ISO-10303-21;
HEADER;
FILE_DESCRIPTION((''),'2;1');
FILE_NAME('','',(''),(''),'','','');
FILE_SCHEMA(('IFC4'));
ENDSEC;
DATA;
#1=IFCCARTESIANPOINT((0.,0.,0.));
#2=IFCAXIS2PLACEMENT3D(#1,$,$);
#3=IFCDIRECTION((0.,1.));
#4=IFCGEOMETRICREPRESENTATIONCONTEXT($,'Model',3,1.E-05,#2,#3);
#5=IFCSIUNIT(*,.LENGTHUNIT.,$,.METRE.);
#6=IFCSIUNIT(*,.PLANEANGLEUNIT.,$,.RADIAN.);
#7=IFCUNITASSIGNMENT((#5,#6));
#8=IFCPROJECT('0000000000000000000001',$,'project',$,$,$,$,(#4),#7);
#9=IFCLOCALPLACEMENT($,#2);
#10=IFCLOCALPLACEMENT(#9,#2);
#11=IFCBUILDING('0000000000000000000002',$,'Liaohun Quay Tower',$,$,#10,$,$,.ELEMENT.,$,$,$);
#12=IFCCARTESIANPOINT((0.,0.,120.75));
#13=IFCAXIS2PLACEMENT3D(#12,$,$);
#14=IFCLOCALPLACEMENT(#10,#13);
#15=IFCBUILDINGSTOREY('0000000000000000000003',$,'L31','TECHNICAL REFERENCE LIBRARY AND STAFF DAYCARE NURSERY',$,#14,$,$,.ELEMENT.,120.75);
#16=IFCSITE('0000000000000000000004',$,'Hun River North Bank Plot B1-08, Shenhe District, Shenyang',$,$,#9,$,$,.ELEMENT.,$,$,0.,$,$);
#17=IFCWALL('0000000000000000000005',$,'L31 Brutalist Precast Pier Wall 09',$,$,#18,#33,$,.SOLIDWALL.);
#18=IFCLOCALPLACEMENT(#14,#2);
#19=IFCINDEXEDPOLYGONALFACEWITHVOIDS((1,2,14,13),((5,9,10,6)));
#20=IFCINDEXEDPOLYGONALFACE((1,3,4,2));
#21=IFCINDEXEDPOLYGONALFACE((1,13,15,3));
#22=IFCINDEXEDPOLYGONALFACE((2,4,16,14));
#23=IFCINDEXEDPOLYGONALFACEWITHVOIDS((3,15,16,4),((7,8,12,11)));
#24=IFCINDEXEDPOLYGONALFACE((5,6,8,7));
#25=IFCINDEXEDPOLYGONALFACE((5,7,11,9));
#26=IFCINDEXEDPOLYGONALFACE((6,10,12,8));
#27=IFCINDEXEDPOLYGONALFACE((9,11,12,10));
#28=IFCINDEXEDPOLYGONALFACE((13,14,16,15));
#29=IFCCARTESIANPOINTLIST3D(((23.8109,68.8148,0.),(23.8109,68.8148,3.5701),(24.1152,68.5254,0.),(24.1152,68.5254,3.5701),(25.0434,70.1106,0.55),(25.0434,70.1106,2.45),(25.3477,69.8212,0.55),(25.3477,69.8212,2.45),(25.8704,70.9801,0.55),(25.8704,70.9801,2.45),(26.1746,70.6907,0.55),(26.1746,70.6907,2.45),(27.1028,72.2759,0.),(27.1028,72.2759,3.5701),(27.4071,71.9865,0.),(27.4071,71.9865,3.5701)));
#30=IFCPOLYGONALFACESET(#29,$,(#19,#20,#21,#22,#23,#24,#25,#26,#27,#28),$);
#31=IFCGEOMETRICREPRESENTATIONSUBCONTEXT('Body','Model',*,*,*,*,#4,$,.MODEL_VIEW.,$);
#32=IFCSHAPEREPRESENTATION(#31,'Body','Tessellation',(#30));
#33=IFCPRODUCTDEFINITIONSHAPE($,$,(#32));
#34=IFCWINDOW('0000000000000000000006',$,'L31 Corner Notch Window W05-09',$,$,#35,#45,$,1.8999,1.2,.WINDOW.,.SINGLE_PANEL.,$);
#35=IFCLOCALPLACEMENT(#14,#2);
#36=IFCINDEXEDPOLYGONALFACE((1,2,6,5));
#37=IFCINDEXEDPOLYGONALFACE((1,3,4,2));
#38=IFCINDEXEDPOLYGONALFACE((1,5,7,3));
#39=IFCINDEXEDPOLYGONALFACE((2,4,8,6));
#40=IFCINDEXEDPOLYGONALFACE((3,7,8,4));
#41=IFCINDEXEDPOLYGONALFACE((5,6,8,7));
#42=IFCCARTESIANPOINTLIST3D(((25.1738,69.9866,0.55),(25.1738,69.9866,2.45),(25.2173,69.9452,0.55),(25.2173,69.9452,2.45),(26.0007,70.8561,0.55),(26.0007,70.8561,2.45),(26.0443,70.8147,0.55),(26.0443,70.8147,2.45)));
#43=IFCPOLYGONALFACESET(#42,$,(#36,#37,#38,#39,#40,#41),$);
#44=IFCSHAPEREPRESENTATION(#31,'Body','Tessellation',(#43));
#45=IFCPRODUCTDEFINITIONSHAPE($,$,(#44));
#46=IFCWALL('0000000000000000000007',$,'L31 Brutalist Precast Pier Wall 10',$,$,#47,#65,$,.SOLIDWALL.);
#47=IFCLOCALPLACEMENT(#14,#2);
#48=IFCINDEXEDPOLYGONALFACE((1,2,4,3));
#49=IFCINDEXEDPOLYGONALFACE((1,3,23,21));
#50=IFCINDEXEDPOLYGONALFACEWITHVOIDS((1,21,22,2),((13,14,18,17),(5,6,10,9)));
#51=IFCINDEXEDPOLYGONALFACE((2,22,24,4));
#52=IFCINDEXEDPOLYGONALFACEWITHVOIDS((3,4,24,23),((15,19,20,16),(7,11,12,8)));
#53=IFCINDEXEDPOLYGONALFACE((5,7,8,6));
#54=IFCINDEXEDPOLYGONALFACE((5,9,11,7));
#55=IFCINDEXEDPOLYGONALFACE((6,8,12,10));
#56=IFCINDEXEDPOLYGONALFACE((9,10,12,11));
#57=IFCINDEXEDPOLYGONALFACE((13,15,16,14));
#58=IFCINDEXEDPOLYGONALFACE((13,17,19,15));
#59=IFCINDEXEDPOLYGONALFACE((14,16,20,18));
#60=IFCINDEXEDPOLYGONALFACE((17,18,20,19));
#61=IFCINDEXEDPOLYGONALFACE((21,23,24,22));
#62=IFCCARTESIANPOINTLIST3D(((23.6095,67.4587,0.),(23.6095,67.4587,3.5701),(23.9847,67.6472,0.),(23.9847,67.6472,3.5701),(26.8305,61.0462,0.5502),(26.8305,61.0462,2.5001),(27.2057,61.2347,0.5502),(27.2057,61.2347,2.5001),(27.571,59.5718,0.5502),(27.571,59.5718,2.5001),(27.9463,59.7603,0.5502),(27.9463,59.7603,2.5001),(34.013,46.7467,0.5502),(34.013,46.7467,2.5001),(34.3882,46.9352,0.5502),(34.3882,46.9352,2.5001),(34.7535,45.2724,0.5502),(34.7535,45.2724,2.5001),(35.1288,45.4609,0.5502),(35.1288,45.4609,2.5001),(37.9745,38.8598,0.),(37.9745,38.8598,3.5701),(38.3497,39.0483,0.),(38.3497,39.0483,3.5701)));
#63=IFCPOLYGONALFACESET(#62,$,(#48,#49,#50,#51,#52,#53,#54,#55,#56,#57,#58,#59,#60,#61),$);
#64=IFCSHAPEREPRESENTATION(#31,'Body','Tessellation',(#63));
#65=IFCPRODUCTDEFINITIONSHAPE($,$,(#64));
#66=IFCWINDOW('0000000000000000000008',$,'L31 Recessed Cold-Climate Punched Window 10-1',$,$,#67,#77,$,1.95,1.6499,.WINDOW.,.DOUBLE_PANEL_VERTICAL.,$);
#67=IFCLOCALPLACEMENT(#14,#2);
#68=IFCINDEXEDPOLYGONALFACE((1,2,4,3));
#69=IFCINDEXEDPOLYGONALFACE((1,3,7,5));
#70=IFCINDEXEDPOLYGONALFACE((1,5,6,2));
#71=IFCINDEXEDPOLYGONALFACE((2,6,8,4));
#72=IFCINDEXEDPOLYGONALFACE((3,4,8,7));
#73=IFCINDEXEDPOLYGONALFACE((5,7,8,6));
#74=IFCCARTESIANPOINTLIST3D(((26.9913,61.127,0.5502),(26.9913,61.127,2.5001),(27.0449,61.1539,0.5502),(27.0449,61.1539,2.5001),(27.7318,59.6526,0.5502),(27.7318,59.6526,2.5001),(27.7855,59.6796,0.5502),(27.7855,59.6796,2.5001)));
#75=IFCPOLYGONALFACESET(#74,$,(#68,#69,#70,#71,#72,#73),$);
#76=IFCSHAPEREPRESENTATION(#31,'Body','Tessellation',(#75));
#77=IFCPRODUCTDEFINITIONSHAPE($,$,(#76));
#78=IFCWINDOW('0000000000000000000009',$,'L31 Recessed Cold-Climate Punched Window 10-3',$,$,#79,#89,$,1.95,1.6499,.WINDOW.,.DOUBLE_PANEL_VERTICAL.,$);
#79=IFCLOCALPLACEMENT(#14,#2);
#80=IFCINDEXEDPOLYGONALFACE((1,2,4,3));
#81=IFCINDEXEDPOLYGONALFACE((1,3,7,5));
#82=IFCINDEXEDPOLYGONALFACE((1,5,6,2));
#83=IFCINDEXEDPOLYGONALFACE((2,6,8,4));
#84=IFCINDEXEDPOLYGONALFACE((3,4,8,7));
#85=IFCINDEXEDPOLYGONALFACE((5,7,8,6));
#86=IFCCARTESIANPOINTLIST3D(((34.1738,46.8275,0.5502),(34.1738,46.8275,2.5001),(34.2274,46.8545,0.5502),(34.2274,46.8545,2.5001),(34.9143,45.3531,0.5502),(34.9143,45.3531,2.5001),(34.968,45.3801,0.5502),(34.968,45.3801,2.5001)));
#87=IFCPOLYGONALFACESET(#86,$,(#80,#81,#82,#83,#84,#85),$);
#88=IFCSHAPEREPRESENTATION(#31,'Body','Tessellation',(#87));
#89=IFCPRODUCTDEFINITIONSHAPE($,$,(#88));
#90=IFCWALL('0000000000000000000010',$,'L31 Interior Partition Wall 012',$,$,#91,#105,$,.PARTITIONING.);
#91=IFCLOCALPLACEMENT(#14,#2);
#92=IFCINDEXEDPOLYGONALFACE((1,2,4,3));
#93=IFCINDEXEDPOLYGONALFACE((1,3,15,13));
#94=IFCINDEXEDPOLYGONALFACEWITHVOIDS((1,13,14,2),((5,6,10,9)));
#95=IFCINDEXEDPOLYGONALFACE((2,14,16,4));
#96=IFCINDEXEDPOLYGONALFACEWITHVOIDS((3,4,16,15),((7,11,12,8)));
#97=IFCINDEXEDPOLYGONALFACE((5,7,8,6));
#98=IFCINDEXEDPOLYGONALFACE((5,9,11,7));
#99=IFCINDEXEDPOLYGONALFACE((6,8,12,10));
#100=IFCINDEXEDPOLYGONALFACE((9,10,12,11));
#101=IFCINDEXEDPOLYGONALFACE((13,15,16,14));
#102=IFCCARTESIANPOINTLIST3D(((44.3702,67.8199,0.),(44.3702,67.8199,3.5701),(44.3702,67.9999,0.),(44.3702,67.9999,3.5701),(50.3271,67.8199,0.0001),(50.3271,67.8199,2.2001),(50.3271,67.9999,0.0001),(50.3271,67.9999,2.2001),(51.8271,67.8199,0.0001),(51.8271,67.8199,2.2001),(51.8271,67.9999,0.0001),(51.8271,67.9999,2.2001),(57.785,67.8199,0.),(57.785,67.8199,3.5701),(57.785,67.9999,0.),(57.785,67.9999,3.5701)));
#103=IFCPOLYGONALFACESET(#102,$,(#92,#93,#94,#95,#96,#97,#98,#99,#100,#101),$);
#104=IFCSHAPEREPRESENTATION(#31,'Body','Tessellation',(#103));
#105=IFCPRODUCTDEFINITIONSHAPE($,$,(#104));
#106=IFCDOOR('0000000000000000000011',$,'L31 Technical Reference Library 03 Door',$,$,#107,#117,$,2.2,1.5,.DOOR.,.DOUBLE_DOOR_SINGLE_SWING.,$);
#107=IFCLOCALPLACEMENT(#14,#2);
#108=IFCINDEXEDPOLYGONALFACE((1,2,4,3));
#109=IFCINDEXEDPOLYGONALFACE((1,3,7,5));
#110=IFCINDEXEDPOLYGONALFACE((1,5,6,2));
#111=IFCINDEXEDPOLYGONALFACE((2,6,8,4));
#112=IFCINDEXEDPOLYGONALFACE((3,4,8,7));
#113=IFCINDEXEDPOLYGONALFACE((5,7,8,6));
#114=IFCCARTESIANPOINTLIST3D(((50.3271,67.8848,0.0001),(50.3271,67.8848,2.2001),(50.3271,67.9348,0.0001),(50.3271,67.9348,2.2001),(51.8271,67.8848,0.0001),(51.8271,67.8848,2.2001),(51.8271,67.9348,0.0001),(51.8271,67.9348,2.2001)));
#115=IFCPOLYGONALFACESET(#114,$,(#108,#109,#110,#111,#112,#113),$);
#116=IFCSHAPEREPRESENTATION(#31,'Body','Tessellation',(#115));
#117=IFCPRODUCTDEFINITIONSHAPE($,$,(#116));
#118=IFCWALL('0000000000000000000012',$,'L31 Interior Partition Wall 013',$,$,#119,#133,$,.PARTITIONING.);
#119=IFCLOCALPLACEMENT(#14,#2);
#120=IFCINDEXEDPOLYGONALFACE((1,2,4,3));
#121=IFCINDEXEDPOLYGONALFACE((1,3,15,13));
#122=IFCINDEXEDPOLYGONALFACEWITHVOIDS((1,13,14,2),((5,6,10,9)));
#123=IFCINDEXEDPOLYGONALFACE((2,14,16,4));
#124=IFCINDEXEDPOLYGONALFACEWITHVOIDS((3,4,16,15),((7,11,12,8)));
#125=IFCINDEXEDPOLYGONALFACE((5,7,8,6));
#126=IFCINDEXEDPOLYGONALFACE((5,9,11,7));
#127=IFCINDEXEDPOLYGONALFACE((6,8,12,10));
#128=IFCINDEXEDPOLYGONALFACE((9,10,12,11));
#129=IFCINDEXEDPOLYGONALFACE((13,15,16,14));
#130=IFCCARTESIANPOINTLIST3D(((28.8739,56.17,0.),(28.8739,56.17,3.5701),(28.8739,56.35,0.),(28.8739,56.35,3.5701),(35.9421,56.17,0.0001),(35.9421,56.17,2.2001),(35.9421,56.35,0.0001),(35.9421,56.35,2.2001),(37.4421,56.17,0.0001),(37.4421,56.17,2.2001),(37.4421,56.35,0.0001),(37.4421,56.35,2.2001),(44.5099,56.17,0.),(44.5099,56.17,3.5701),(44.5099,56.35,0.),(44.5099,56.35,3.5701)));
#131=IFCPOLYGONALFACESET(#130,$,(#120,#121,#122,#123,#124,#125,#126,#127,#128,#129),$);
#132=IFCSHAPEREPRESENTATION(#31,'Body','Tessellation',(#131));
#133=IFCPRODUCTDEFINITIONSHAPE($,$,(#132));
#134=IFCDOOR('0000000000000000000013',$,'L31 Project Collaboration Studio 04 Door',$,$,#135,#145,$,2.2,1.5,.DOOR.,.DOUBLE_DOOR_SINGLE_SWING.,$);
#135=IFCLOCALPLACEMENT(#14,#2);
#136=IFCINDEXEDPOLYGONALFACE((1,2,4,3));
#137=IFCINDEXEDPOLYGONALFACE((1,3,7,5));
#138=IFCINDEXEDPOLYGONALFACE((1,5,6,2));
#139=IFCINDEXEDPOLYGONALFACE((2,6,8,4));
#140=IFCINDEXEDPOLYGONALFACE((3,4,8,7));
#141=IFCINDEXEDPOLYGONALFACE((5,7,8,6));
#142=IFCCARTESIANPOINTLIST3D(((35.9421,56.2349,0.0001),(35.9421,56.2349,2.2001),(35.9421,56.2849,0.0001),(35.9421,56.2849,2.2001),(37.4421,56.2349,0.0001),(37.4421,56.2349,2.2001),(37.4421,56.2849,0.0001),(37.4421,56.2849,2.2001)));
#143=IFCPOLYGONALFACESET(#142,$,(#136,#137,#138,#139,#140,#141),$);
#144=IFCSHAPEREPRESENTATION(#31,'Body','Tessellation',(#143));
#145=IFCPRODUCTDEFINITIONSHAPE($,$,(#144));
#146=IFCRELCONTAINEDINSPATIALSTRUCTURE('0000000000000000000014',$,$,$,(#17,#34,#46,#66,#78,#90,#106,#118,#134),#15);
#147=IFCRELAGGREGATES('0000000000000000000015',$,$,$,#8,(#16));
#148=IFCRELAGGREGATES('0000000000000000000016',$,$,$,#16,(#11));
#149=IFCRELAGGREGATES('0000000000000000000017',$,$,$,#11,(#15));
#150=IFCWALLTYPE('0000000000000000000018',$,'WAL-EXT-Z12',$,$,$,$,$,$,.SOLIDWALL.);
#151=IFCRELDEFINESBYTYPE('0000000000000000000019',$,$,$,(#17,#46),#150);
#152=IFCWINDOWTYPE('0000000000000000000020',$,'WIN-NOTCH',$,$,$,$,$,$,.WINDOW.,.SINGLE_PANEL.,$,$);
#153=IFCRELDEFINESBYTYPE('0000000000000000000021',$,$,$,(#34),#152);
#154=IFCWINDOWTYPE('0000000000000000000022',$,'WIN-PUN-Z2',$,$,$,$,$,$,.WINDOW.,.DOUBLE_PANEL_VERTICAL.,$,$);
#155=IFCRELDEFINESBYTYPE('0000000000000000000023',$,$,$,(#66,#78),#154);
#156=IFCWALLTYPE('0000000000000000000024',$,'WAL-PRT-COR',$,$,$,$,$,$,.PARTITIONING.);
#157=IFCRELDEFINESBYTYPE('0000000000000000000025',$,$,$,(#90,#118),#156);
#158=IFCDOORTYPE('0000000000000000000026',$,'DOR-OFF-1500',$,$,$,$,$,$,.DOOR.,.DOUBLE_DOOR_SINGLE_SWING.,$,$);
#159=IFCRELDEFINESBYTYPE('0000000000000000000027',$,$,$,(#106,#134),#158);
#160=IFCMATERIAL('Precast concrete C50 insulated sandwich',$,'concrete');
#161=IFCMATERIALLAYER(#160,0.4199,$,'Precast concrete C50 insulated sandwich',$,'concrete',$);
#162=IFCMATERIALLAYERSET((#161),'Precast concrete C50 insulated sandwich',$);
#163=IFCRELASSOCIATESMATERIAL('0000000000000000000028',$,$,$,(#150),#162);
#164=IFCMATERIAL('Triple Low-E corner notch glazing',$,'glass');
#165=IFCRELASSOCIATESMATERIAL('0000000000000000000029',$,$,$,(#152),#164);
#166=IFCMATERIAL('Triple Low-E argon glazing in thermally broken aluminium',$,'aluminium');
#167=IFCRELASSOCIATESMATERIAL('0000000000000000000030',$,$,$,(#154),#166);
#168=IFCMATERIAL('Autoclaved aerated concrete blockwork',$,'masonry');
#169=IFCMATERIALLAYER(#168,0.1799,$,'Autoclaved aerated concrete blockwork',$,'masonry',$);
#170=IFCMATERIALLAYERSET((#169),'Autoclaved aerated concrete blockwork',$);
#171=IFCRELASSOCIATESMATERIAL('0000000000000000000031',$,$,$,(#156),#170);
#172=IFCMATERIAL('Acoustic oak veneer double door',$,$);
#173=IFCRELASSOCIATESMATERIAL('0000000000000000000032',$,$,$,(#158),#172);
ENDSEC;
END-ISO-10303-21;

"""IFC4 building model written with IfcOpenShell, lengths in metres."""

from ifc_helpers import new_model, si_unit, direction, frame, frame_2d, origin, place, context, subcontext, project, spatial, rectangle, extrude, source, transform, mapped, material, layer, layer_set, type_object, element, fill, save


model = new_model("IFC4")

# Units and contexts
model_context = context("Model", 3, precision=1e-05, world=origin(), true_north=direction((0.0, 1.0)))
body_context = subcontext(model_context, "Body", "Model", "MODEL_VIEW")
ifc_project = project(units=[si_unit("LENGTHUNIT", "METRE"), si_unit("PLANEANGLEUNIT", "RADIAN")], contexts=[model_context])

# Site, building, storey
site_placement = place(None, origin())
site = spatial("IfcSite", under=ifc_project, at=site_placement, Name="Hun River North Bank Plot B1-08, Shenhe District, Shenyang", CompositionType="ELEMENT", RefElevation=0.0)
building_placement = place(site_placement, origin())
building = spatial("IfcBuilding", under=site, at=building_placement, Name="Liaohun Quay Tower", CompositionType="ELEMENT")
storey_placement = place(building_placement, frame((0.0, 0.0, 120.75)))
storey = spatial("IfcBuildingStorey", under=building, at=storey_placement, Name="L31", Description="TECHNICAL REFERENCE LIBRARY AND STAFF DAYCARE NURSERY", CompositionType="ELEMENT", Elevation=120.75)

# Wall, opening, window
ifc_material_1 = material(Name="Precast concrete C50 insulated sandwich", Category="concrete")
ifc_layer_1 = layer(ifc_material_1, 0.4199, Name="Precast concrete C50 insulated sandwich", Category="concrete")
ifc_layer_set_1 = layer_set([ifc_layer_1], Name="Precast concrete C50 insulated sandwich")
wall_type_1 = type_object("IfcWallType", Name="WAL-EXT-Z12", PredefinedType="SOLIDWALL", material=ifc_layer_set_1)
shared_shape_1 = source(origin(), body_context, "Body", "SweptSolid", [
    extrude(rectangle(XDim=1.2, YDim=1.8999, at=frame_2d((0.6001, 0.95))), frame((0.0, 0.22, 0.0), z_axis=(0.0, -1.0, 0.0), x_axis=(1.0, 0.0, 0.0)), (0.0, 0.0, 1.0), 0.4399),
])
ifc_material_2 = material(Name="Triple Low-E corner notch glazing", Category="glass")
window_type_1 = type_object("IfcWindowType", Name="WIN-NOTCH", PartitioningType="SINGLE_PANEL", PredefinedType="WINDOW", material=ifc_material_2)
shared_shape_2 = source(origin(), body_context, "Body", "SweptSolid", [
    extrude(rectangle(XDim=1.2, YDim=1.8999, at=frame_2d((0.6001, 0.95))), frame((0.0, 0.03, 0.0), z_axis=(0.0, -1.0, 0.0), x_axis=(1.0, 0.0, 0.0)), (0.0, 0.0, 1.0), 0.0601),
])
wall_1_placement = place(storey_placement, frame((27.2549, 72.1311, 0.0), z_axis=(0.0, 0.0, 1.0), x_axis=(-0.689175, -0.724595, 0.0)))
wall_1 = element("IfcWall", 1, at=wall_1_placement, inside=storey, type_object=wall_type_1, Name="L31 Brutalist Precast Pier Wall 09", PredefinedType="SOLIDWALL", context=body_context, shape_type="SweptSolid", body=[
    extrude(rectangle(XDim=4.7766, YDim=0.4199, at=frame_2d((2.3882, 0.0))), origin(), (0.0, 0.0, 1.0), 3.5701),
])
opening_1_placement = place(wall_1_placement, frame((1.7881, 0.0, 0.55)))
opening_1 = element("IfcOpeningElement", 2, at=opening_1_placement, cuts=wall_1, PredefinedType="OPENING", context=body_context, shape_type="MappedRepresentation", body=[
    mapped(shared_shape_1, transform((0.0, 0.0, 0.0), x_axis=(1.0, 0.0, 0.0), y_axis=(0.0, 1.0, 0.0), z_axis=(0.0, 0.0, 1.0), scale=1.0)),
])
window_1_placement = place(opening_1_placement, origin())
window_1 = element("IfcWindow", 3, at=window_1_placement, inside=storey, type_object=window_type_1, Name="L31 Corner Notch Window W05-09", OverallHeight=1.8999, OverallWidth=1.2, PartitioningType="SINGLE_PANEL", PredefinedType="WINDOW", context=body_context, shape_type="MappedRepresentation", body=[
    mapped(shared_shape_2, transform((0.0, 0.0, 0.0), x_axis=(1.0, 0.0, 0.0), y_axis=(0.0, 1.0, 0.0), z_axis=(0.0, 0.0, 1.0), scale=1.0)),
])
fill(opening_1, window_1)

# Wall, openings, windows
wall_2_placement = place(storey_placement, frame((23.7971, 67.553, 0.0), z_axis=(0.0, 0.0, 1.0), x_axis=(0.448851, -0.893606, 0.0)))
wall_2 = element("IfcWall", 4, at=wall_2_placement, inside=storey, type_object=wall_type_1, Name="L31 Brutalist Precast Pier Wall 10", PredefinedType="SOLIDWALL", context=body_context, shape_type="SweptSolid", body=[
    extrude(rectangle(XDim=32.0039, YDim=0.4199, at=frame_2d((16.002, 0.0))), origin(), (0.0, 0.0, 1.0), 3.5701),
])
shared_shape_3 = source(origin(), body_context, "Body", "SweptSolid", [
    extrude(rectangle(XDim=1.6499, YDim=1.95, at=frame_2d((0.825, 0.9751))), frame((0.0, 0.22, 0.0), z_axis=(0.0, -1.0, 0.0), x_axis=(1.0, 0.0, 0.0)), (0.0, 0.0, 1.0), 0.4399),
])
opening_2_placement = place(wall_2_placement, frame((7.176, 0.0, 0.55)))
opening_2 = element("IfcOpeningElement", 5, at=opening_2_placement, cuts=wall_2, PredefinedType="OPENING", context=body_context, shape_type="MappedRepresentation", body=[
    mapped(shared_shape_3, transform((0.0, 0.0, 0.0), x_axis=(1.0, 0.0, 0.0), y_axis=(0.0, 1.0, 0.0), z_axis=(0.0, 0.0, 1.0), scale=1.0)),
])
opening_3_placement = place(wall_2_placement, frame((23.178, 0.0, 0.55)))
opening_3 = element("IfcOpeningElement", 6, at=opening_3_placement, cuts=wall_2, PredefinedType="OPENING", context=body_context, shape_type="MappedRepresentation", body=[
    mapped(shared_shape_3, transform((0.0, 0.0, 0.0), x_axis=(1.0, 0.0, 0.0), y_axis=(0.0, 1.0, 0.0), z_axis=(0.0, 0.0, 1.0), scale=1.0)),
])
ifc_material_3 = material(Name="Triple Low-E argon glazing in thermally broken aluminium", Category="aluminium")
window_type_2 = type_object("IfcWindowType", Name="WIN-PUN-Z2", PartitioningType="DOUBLE_PANEL_VERTICAL", PredefinedType="WINDOW", material=ifc_material_3)
shared_shape_4 = source(origin(), body_context, "Body", "SweptSolid", [
    extrude(rectangle(XDim=1.6499, YDim=1.95, at=frame_2d((0.825, 0.9751))), frame((0.0, 0.03, 0.0), z_axis=(0.0, -1.0, 0.0), x_axis=(1.0, 0.0, 0.0)), (0.0, 0.0, 1.0), 0.0601),
])
window_2_placement = place(opening_2_placement, origin())
window_2 = element("IfcWindow", 7, at=window_2_placement, inside=storey, type_object=window_type_2, Name="L31 Recessed Cold-Climate Punched Window 10-1", OverallHeight=1.95, OverallWidth=1.6499, PartitioningType="DOUBLE_PANEL_VERTICAL", PredefinedType="WINDOW", context=body_context, shape_type="MappedRepresentation", body=[
    mapped(shared_shape_4, transform((0.0, 0.0, 0.0), x_axis=(1.0, 0.0, 0.0), y_axis=(0.0, 1.0, 0.0), z_axis=(0.0, 0.0, 1.0), scale=1.0)),
])
fill(opening_2, window_2)
window_3_placement = place(opening_3_placement, origin())
window_3 = element("IfcWindow", 8, at=window_3_placement, inside=storey, type_object=window_type_2, Name="L31 Recessed Cold-Climate Punched Window 10-3", OverallHeight=1.95, OverallWidth=1.6499, PartitioningType="DOUBLE_PANEL_VERTICAL", PredefinedType="WINDOW", context=body_context, shape_type="MappedRepresentation", body=[
    mapped(shared_shape_4, transform((0.0, 0.0, 0.0), x_axis=(1.0, 0.0, 0.0), y_axis=(0.0, 1.0, 0.0), z_axis=(0.0, 0.0, 1.0), scale=1.0)),
])
fill(opening_3, window_3)

# Walls, openings, doors
ifc_material_4 = material(Name="Autoclaved aerated concrete blockwork", Category="masonry")
ifc_layer_2 = layer(ifc_material_4, 0.1799, Name="Autoclaved aerated concrete blockwork", Category="masonry")
ifc_layer_set_2 = layer_set([ifc_layer_2], Name="Autoclaved aerated concrete blockwork")
wall_type_2 = type_object("IfcWallType", Name="WAL-PRT-COR", PredefinedType="PARTITIONING", material=ifc_layer_set_2)
wall_3_placement = place(storey_placement, frame((44.3701, 67.9099, 0.0), z_axis=(0.0, 0.0, 1.0), x_axis=(1.0, 0.0, 0.0)))
wall_3 = element("IfcWall", 9, at=wall_3_placement, inside=storey, type_object=wall_type_2, Name="L31 Interior Partition Wall 012", PredefinedType="PARTITIONING", context=body_context, shape_type="SweptSolid", body=[
    extrude(rectangle(XDim=13.4148, YDim=0.1799, at=frame_2d((6.7075, 0.0))), origin(), (0.0, 0.0, 1.0), 3.5701),
])
shared_shape_5 = source(origin(), body_context, "Body", "SweptSolid", [
    extrude(rectangle(XDim=1.5, YDim=2.2, at=frame_2d((0.75, 1.1001))), frame((0.0, 0.0999, 0.0), z_axis=(0.0, -1.0, 0.0), x_axis=(1.0, 0.0, 0.0)), (0.0, 0.0, 1.0), 0.2),
])
opening_4_placement = place(wall_3_placement, frame((5.957, 0.0, 0.0)))
opening_4 = element("IfcOpeningElement", 10, at=opening_4_placement, cuts=wall_3, PredefinedType="OPENING", context=body_context, shape_type="MappedRepresentation", body=[
    mapped(shared_shape_5, transform((0.0, 0.0, 0.0), x_axis=(1.0, 0.0, 0.0), y_axis=(0.0, 1.0, 0.0), z_axis=(0.0, 0.0, 1.0), scale=1.0)),
])
ifc_material_5 = material(Name="Acoustic oak veneer double door")
door_type = type_object("IfcDoorType", Name="DOR-OFF-1500", OperationType="DOUBLE_DOOR_SINGLE_SWING", PredefinedType="DOOR", material=ifc_material_5)
shared_shape_6 = source(origin(), body_context, "Body", "SweptSolid", [
    extrude(rectangle(XDim=1.5, YDim=2.2, at=frame_2d((0.75, 1.1001))), frame((0.0, 0.0249, 0.0), z_axis=(0.0, -1.0, 0.0), x_axis=(1.0, 0.0, 0.0)), (0.0, 0.0, 1.0), 0.05),
])
door_1_placement = place(opening_4_placement, origin())
door_1 = element("IfcDoor", 11, at=door_1_placement, inside=storey, type_object=door_type, Name="L31 Technical Reference Library 03 Door", OperationType="DOUBLE_DOOR_SINGLE_SWING", OverallHeight=2.2, OverallWidth=1.5, PredefinedType="DOOR", context=body_context, shape_type="MappedRepresentation", body=[
    mapped(shared_shape_6, transform((0.0, 0.0, 0.0), x_axis=(1.0, 0.0, 0.0), y_axis=(0.0, 1.0, 0.0), z_axis=(0.0, 0.0, 1.0), scale=1.0)),
])
fill(opening_4, door_1)
wall_4_placement = place(storey_placement, frame((28.874, 56.26, 0.0), z_axis=(0.0, 0.0, 1.0), x_axis=(1.0, 0.0, 0.0)))
wall_4 = element("IfcWall", 12, at=wall_4_placement, inside=storey, type_object=wall_type_2, Name="L31 Interior Partition Wall 013", PredefinedType="PARTITIONING", context=body_context, shape_type="SweptSolid", body=[
    extrude(rectangle(XDim=15.636, YDim=0.1799, at=frame_2d((7.8179, 0.0))), origin(), (0.0, 0.0, 1.0), 3.5701),
])
opening_5_placement = place(wall_4_placement, frame((7.0681, 0.0, 0.0)))
opening_5 = element("IfcOpeningElement", 13, at=opening_5_placement, cuts=wall_4, PredefinedType="OPENING", context=body_context, shape_type="MappedRepresentation", body=[
    mapped(shared_shape_5, transform((0.0, 0.0, 0.0), x_axis=(1.0, 0.0, 0.0), y_axis=(0.0, 1.0, 0.0), z_axis=(0.0, 0.0, 1.0), scale=1.0)),
])
door_2_placement = place(opening_5_placement, origin())
door_2 = element("IfcDoor", 14, at=door_2_placement, inside=storey, type_object=door_type, Name="L31 Project Collaboration Studio 04 Door", OperationType="DOUBLE_DOOR_SINGLE_SWING", OverallHeight=2.2, OverallWidth=1.5, PredefinedType="DOOR", context=body_context, shape_type="MappedRepresentation", body=[
    mapped(shared_shape_6, transform((0.0, 0.0, 0.0), x_axis=(1.0, 0.0, 0.0), y_axis=(0.0, 1.0, 0.0), z_axis=(0.0, 0.0, 1.0), scale=1.0)),
])
fill(opening_5, door_2)

save(model, "model.ifc")
